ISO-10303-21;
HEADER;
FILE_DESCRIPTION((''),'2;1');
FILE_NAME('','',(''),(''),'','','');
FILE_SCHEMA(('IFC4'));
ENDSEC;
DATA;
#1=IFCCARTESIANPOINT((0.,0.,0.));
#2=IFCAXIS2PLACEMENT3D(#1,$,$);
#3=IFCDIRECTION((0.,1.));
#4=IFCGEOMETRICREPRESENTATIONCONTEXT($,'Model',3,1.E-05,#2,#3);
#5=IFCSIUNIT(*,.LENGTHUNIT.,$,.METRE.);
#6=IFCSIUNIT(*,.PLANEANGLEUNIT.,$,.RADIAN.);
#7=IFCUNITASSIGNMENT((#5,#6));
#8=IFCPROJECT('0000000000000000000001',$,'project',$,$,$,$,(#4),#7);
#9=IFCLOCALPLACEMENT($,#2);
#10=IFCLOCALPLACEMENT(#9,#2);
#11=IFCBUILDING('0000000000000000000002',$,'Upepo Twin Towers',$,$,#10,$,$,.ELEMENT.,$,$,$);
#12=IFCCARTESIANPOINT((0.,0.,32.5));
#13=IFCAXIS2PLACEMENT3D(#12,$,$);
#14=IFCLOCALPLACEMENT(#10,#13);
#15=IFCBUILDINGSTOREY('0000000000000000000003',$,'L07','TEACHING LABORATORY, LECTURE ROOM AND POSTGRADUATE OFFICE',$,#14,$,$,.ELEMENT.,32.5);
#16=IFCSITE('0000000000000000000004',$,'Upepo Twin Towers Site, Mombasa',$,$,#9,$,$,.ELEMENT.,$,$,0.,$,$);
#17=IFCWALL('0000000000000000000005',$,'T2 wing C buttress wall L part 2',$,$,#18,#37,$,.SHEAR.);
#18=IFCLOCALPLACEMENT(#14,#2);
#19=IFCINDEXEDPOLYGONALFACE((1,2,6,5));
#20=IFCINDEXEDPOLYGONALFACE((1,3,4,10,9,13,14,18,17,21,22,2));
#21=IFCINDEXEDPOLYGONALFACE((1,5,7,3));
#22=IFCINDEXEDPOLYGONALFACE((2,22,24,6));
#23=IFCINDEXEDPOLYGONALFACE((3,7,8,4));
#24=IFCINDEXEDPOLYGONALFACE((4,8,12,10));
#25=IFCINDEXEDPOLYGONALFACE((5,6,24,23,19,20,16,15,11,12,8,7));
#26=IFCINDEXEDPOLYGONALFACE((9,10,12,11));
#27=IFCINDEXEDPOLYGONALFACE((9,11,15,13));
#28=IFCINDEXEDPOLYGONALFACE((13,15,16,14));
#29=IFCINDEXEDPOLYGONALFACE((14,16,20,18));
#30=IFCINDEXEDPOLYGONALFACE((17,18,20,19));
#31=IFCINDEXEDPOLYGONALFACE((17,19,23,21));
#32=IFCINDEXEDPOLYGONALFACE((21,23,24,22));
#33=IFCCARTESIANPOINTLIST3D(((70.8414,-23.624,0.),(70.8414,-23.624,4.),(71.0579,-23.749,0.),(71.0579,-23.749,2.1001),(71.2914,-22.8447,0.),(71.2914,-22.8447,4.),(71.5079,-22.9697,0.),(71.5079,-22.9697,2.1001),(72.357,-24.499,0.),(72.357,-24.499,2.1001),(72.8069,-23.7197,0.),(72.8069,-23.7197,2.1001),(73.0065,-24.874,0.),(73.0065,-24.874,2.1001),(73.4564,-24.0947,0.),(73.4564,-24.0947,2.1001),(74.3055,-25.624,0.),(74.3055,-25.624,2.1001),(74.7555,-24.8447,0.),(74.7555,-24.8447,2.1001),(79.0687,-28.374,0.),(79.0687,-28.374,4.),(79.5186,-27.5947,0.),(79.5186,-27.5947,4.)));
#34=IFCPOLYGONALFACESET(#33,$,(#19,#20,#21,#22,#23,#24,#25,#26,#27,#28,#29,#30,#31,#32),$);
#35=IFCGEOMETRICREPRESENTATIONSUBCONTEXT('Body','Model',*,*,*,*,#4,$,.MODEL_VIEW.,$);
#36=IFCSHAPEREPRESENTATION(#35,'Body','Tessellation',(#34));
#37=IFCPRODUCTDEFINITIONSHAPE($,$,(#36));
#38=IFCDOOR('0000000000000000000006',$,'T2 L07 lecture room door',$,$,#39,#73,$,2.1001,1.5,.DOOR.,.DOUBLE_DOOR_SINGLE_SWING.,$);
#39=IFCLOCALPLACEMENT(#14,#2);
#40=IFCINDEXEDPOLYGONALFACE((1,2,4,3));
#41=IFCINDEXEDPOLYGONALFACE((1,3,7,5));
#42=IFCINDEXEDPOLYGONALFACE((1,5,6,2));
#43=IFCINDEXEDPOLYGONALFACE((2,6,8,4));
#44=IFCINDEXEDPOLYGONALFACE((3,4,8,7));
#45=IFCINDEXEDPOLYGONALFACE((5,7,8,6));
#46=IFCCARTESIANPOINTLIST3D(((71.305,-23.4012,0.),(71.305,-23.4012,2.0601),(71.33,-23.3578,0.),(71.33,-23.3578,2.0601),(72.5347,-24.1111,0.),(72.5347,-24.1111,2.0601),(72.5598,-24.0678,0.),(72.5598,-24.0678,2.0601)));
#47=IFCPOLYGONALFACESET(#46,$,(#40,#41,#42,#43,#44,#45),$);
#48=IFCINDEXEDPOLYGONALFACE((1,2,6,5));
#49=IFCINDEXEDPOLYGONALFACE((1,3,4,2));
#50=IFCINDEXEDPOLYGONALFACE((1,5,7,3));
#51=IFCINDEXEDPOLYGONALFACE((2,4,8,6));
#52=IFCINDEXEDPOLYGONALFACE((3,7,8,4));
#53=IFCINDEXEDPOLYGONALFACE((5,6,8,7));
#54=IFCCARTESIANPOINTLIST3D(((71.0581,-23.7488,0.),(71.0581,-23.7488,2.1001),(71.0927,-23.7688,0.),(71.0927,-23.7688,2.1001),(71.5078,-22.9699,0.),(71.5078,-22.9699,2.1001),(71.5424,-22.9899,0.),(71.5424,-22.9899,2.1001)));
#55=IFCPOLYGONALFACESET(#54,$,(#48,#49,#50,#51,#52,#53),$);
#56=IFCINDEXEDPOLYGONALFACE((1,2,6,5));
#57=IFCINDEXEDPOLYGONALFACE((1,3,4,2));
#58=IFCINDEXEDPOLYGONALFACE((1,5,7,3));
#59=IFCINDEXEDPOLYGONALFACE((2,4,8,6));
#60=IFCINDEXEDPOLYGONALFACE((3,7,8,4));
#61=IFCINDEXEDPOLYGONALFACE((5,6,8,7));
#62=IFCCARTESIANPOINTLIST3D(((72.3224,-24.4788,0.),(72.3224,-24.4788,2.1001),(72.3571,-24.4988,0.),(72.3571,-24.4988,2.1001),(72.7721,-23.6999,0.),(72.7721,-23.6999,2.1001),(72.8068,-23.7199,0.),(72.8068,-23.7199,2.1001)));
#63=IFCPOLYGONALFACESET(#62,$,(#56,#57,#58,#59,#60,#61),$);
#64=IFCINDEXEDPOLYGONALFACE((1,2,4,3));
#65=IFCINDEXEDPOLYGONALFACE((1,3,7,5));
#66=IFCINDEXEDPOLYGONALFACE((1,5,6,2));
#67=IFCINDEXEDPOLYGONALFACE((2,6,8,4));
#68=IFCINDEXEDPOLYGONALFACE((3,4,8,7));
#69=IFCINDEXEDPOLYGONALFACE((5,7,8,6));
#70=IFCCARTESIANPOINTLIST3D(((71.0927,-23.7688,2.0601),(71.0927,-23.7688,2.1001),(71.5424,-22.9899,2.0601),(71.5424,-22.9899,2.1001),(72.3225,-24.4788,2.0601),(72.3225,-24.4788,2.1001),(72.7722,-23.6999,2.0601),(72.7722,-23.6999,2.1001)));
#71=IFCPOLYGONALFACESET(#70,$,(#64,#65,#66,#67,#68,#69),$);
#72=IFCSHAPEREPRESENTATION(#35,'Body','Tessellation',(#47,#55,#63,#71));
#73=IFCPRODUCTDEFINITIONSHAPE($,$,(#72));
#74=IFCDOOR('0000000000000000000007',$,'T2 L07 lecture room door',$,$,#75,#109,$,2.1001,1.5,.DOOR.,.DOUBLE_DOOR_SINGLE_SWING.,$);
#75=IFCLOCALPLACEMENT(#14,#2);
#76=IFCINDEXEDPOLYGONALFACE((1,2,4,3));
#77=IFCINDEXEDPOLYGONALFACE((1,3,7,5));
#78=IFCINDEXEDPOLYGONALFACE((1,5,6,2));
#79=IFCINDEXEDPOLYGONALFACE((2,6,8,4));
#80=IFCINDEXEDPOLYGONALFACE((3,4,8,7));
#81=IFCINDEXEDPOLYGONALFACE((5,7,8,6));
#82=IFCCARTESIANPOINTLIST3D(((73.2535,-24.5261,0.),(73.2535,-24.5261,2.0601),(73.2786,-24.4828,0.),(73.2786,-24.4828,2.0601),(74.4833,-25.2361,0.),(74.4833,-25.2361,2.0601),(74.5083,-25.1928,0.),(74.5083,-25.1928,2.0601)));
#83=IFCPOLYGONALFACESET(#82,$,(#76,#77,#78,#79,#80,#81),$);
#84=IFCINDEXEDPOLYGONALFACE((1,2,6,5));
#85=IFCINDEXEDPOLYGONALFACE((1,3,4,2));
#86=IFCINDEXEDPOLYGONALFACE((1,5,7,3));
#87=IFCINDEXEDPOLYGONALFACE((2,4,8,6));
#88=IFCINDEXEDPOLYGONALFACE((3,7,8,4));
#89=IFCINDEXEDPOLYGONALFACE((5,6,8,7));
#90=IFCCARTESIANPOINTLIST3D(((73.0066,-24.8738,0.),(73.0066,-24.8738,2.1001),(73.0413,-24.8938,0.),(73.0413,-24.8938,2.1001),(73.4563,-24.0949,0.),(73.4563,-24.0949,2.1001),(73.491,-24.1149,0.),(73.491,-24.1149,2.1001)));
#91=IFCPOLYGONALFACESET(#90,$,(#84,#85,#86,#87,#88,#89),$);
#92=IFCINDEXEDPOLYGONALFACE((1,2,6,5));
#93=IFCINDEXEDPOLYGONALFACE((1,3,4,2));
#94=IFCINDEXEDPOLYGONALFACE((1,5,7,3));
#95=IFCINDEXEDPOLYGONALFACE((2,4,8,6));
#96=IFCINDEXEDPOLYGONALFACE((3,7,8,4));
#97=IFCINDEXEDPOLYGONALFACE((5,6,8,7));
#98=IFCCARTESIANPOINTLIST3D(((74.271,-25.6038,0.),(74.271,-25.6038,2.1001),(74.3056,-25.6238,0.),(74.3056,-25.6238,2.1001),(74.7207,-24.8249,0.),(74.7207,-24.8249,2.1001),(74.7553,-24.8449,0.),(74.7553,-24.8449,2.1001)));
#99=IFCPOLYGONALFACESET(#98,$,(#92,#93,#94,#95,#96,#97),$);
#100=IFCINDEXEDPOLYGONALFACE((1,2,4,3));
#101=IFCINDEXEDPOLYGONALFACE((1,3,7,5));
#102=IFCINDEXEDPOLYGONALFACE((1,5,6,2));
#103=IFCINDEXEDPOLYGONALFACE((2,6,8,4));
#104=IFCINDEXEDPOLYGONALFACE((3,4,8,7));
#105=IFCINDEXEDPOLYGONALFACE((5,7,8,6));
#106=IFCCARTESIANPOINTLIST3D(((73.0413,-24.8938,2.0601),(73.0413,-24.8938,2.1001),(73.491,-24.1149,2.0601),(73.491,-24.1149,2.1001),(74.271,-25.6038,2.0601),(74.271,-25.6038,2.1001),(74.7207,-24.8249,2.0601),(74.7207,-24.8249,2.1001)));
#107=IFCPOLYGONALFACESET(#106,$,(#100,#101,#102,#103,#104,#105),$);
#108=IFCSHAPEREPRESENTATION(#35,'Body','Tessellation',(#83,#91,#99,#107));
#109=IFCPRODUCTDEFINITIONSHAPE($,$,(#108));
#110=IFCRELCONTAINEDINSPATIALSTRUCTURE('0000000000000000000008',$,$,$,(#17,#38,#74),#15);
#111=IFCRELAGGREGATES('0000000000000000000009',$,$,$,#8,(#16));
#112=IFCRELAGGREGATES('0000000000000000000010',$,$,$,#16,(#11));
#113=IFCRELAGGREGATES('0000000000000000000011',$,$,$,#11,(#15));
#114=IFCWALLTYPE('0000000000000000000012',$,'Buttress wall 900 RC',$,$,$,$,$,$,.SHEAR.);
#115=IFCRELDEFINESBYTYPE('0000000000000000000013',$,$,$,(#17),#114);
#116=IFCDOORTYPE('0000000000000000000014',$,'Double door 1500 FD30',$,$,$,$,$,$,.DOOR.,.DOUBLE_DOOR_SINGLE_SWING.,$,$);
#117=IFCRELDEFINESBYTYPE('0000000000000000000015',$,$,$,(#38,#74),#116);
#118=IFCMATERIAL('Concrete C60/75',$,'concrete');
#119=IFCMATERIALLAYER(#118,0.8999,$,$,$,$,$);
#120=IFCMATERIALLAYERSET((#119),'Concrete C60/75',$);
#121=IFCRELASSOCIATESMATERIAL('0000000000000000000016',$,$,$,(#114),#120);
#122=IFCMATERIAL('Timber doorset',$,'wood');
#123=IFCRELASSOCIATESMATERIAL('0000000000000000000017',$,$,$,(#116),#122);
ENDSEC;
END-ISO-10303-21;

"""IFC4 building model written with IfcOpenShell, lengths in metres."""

from ifc_helpers import new_model, si_unit, direction, frame, frame_2d, origin, place, context, subcontext, project, spatial, rectangle, extrude, material, layer, layer_set, type_object, element, fill, save


model = new_model("IFC4")

# Units and contexts
model_context = context("Model", 3, precision=1e-05, world=origin(), true_north=direction((0.0, 1.0)))
body_context = subcontext(model_context, "Body", "Model", "MODEL_VIEW")
ifc_project = project(units=[si_unit("LENGTHUNIT", "METRE"), si_unit("PLANEANGLEUNIT", "RADIAN")], contexts=[model_context])

# Site, building, storey
site_placement = place(None, origin())
site = spatial("IfcSite", under=ifc_project, at=site_placement, Name="Upepo Twin Towers Site, Mombasa", CompositionType="ELEMENT", RefElevation=0.0)
building_placement = place(site_placement, origin())
building = spatial("IfcBuilding", under=site, at=building_placement, Name="Upepo Twin Towers", CompositionType="ELEMENT")
storey_placement = place(building_placement, frame((0.0, 0.0, 32.5)))
storey = spatial("IfcBuildingStorey", under=building, at=storey_placement, Name="L07", Description="TEACHING LABORATORY, LECTURE ROOM AND POSTGRADUATE OFFICE", CompositionType="ELEMENT", Elevation=32.5)

# Wall, openings, doors
ifc_material_1 = material(Name="Concrete C60/75", Category="concrete")
ifc_layer_1 = layer(ifc_material_1, 0.8999)
ifc_layer_set_1 = layer_set([ifc_layer_1], Name="Concrete C60/75")
wall_type_1 = type_object("IfcWallType", Name="Buttress wall 900 RC", PredefinedType="SHEAR", material=ifc_layer_set_1)
wall_1_placement = place(storey_placement, frame((71.0664, -23.2344, 0.0), z_axis=(0.0, 0.0, 1.0), x_axis=(0.866027, -0.499998, 0.0)))
wall_1 = element("IfcWall", 1, at=wall_1_placement, inside=storey, type_object=wall_type_1, Name="T2 wing C buttress wall L part 2", PredefinedType="SHEAR", context=body_context, shape_type="SweptSolid", body=[
    extrude(rectangle(XDim=9.5, YDim=0.8999, at=frame_2d((4.75, 0.0))), origin(), (0.0, 0.0, 1.0), 4.0),
])
opening_1_placement = place(wall_1_placement, frame((0.25, 0.0, 0.0)))
opening_1 = element("IfcOpeningElement", 2, at=opening_1_placement, cuts=wall_1, PredefinedType="OPENING", context=body_context, shape_type="SweptSolid", body=[
    extrude(rectangle(XDim=1.5, YDim=2.1001, at=frame_2d((0.75, 1.05))), frame((0.0, 0.46, 0.0), z_axis=(0.0, -1.0, 0.0), x_axis=(1.0, 0.0, 0.0)), (0.0, 0.0, 1.0), 0.9199),
])
opening_2_placement = place(wall_1_placement, frame((2.5, 0.0, 0.0)))
opening_2 = element("IfcOpeningElement", 3, at=opening_2_placement, cuts=wall_1, PredefinedType="OPENING", context=body_context, shape_type="SweptSolid", body=[
    extrude(rectangle(XDim=1.5, YDim=2.1001, at=frame_2d((0.75, 1.05))), frame((0.0, 0.46, 0.0), z_axis=(0.0, -1.0, 0.0), x_axis=(1.0, 0.0, 0.0)), (0.0, 0.0, 1.0), 0.9199),
])
ifc_material_2 = material(Name="Timber doorset", Category="wood")
door_type_1 = type_object("IfcDoorType", Name="Double door 1500 FD30", OperationType="DOUBLE_DOOR_SINGLE_SWING", PredefinedType="DOOR", material=ifc_material_2)
door_1_placement = place(opening_1_placement, origin())
door_1 = element("IfcDoor", 4, at=door_1_placement, inside=storey, type_object=door_type_1, Name="T2 L07 lecture room door", OperationType="DOUBLE_DOOR_SINGLE_SWING", OverallHeight=2.1001, OverallWidth=1.5, PredefinedType="DOOR", context=body_context, shape_type="SweptSolid", body=[
    extrude(rectangle(XDim=1.42, YDim=2.0601, at=frame_2d((0.75, 1.03))), frame((0.0, 0.0249, 0.0), z_axis=(0.0, -1.0, 0.0), x_axis=(1.0, 0.0, 0.0)), (0.0, 0.0, 1.0), 0.05),
    extrude(rectangle(XDim=0.04, YDim=2.1001, at=frame_2d((0.02, 1.05))), frame((0.0, 0.4497, 0.0), z_axis=(0.0, -1.0, 0.0), x_axis=(1.0, 0.0, 0.0)), (0.0, 0.0, 1.0), 0.8994),
    extrude(rectangle(XDim=0.04, YDim=2.1001, at=frame_2d((1.48, 1.05))), frame((0.0, 0.4497, 0.0), z_axis=(0.0, -1.0, 0.0), x_axis=(1.0, 0.0, 0.0)), (0.0, 0.0, 1.0), 0.8994),
    extrude(rectangle(XDim=1.42, YDim=0.04, at=frame_2d((0.75, 2.0801))), frame((0.0, 0.4497, 0.0), z_axis=(0.0, -1.0, 0.0), x_axis=(1.0, 0.0, 0.0)), (0.0, 0.0, 1.0), 0.8994),
])
fill(opening_1, door_1)
door_2_placement = place(opening_2_placement, origin())
door_2 = element("IfcDoor", 5, at=door_2_placement, inside=storey, type_object=door_type_1, Name="T2 L07 lecture room door", OperationType="DOUBLE_DOOR_SINGLE_SWING", OverallHeight=2.1001, OverallWidth=1.5, PredefinedType="DOOR", context=body_context, shape_type="SweptSolid", body=[
    extrude(rectangle(XDim=1.42, YDim=2.0601, at=frame_2d((0.75, 1.03))), frame((0.0, 0.0249, 0.0), z_axis=(0.0, -1.0, 0.0), x_axis=(1.0, 0.0, 0.0)), (0.0, 0.0, 1.0), 0.05),
    extrude(rectangle(XDim=0.04, YDim=2.1001, at=frame_2d((0.02, 1.05))), frame((0.0, 0.4497, 0.0), z_axis=(0.0, -1.0, 0.0), x_axis=(1.0, 0.0, 0.0)), (0.0, 0.0, 1.0), 0.8994),
    extrude(rectangle(XDim=0.04, YDim=2.1001, at=frame_2d((1.48, 1.05))), frame((0.0, 0.4497, 0.0), z_axis=(0.0, -1.0, 0.0), x_axis=(1.0, 0.0, 0.0)), (0.0, 0.0, 1.0), 0.8994),
    extrude(rectangle(XDim=1.42, YDim=0.04, at=frame_2d((0.75, 2.0801))), frame((0.0, 0.4497, 0.0), z_axis=(0.0, -1.0, 0.0), x_axis=(1.0, 0.0, 0.0)), (0.0, 0.0, 1.0), 0.8994),
])
fill(opening_2, door_2)

save(model, "model.ifc")
